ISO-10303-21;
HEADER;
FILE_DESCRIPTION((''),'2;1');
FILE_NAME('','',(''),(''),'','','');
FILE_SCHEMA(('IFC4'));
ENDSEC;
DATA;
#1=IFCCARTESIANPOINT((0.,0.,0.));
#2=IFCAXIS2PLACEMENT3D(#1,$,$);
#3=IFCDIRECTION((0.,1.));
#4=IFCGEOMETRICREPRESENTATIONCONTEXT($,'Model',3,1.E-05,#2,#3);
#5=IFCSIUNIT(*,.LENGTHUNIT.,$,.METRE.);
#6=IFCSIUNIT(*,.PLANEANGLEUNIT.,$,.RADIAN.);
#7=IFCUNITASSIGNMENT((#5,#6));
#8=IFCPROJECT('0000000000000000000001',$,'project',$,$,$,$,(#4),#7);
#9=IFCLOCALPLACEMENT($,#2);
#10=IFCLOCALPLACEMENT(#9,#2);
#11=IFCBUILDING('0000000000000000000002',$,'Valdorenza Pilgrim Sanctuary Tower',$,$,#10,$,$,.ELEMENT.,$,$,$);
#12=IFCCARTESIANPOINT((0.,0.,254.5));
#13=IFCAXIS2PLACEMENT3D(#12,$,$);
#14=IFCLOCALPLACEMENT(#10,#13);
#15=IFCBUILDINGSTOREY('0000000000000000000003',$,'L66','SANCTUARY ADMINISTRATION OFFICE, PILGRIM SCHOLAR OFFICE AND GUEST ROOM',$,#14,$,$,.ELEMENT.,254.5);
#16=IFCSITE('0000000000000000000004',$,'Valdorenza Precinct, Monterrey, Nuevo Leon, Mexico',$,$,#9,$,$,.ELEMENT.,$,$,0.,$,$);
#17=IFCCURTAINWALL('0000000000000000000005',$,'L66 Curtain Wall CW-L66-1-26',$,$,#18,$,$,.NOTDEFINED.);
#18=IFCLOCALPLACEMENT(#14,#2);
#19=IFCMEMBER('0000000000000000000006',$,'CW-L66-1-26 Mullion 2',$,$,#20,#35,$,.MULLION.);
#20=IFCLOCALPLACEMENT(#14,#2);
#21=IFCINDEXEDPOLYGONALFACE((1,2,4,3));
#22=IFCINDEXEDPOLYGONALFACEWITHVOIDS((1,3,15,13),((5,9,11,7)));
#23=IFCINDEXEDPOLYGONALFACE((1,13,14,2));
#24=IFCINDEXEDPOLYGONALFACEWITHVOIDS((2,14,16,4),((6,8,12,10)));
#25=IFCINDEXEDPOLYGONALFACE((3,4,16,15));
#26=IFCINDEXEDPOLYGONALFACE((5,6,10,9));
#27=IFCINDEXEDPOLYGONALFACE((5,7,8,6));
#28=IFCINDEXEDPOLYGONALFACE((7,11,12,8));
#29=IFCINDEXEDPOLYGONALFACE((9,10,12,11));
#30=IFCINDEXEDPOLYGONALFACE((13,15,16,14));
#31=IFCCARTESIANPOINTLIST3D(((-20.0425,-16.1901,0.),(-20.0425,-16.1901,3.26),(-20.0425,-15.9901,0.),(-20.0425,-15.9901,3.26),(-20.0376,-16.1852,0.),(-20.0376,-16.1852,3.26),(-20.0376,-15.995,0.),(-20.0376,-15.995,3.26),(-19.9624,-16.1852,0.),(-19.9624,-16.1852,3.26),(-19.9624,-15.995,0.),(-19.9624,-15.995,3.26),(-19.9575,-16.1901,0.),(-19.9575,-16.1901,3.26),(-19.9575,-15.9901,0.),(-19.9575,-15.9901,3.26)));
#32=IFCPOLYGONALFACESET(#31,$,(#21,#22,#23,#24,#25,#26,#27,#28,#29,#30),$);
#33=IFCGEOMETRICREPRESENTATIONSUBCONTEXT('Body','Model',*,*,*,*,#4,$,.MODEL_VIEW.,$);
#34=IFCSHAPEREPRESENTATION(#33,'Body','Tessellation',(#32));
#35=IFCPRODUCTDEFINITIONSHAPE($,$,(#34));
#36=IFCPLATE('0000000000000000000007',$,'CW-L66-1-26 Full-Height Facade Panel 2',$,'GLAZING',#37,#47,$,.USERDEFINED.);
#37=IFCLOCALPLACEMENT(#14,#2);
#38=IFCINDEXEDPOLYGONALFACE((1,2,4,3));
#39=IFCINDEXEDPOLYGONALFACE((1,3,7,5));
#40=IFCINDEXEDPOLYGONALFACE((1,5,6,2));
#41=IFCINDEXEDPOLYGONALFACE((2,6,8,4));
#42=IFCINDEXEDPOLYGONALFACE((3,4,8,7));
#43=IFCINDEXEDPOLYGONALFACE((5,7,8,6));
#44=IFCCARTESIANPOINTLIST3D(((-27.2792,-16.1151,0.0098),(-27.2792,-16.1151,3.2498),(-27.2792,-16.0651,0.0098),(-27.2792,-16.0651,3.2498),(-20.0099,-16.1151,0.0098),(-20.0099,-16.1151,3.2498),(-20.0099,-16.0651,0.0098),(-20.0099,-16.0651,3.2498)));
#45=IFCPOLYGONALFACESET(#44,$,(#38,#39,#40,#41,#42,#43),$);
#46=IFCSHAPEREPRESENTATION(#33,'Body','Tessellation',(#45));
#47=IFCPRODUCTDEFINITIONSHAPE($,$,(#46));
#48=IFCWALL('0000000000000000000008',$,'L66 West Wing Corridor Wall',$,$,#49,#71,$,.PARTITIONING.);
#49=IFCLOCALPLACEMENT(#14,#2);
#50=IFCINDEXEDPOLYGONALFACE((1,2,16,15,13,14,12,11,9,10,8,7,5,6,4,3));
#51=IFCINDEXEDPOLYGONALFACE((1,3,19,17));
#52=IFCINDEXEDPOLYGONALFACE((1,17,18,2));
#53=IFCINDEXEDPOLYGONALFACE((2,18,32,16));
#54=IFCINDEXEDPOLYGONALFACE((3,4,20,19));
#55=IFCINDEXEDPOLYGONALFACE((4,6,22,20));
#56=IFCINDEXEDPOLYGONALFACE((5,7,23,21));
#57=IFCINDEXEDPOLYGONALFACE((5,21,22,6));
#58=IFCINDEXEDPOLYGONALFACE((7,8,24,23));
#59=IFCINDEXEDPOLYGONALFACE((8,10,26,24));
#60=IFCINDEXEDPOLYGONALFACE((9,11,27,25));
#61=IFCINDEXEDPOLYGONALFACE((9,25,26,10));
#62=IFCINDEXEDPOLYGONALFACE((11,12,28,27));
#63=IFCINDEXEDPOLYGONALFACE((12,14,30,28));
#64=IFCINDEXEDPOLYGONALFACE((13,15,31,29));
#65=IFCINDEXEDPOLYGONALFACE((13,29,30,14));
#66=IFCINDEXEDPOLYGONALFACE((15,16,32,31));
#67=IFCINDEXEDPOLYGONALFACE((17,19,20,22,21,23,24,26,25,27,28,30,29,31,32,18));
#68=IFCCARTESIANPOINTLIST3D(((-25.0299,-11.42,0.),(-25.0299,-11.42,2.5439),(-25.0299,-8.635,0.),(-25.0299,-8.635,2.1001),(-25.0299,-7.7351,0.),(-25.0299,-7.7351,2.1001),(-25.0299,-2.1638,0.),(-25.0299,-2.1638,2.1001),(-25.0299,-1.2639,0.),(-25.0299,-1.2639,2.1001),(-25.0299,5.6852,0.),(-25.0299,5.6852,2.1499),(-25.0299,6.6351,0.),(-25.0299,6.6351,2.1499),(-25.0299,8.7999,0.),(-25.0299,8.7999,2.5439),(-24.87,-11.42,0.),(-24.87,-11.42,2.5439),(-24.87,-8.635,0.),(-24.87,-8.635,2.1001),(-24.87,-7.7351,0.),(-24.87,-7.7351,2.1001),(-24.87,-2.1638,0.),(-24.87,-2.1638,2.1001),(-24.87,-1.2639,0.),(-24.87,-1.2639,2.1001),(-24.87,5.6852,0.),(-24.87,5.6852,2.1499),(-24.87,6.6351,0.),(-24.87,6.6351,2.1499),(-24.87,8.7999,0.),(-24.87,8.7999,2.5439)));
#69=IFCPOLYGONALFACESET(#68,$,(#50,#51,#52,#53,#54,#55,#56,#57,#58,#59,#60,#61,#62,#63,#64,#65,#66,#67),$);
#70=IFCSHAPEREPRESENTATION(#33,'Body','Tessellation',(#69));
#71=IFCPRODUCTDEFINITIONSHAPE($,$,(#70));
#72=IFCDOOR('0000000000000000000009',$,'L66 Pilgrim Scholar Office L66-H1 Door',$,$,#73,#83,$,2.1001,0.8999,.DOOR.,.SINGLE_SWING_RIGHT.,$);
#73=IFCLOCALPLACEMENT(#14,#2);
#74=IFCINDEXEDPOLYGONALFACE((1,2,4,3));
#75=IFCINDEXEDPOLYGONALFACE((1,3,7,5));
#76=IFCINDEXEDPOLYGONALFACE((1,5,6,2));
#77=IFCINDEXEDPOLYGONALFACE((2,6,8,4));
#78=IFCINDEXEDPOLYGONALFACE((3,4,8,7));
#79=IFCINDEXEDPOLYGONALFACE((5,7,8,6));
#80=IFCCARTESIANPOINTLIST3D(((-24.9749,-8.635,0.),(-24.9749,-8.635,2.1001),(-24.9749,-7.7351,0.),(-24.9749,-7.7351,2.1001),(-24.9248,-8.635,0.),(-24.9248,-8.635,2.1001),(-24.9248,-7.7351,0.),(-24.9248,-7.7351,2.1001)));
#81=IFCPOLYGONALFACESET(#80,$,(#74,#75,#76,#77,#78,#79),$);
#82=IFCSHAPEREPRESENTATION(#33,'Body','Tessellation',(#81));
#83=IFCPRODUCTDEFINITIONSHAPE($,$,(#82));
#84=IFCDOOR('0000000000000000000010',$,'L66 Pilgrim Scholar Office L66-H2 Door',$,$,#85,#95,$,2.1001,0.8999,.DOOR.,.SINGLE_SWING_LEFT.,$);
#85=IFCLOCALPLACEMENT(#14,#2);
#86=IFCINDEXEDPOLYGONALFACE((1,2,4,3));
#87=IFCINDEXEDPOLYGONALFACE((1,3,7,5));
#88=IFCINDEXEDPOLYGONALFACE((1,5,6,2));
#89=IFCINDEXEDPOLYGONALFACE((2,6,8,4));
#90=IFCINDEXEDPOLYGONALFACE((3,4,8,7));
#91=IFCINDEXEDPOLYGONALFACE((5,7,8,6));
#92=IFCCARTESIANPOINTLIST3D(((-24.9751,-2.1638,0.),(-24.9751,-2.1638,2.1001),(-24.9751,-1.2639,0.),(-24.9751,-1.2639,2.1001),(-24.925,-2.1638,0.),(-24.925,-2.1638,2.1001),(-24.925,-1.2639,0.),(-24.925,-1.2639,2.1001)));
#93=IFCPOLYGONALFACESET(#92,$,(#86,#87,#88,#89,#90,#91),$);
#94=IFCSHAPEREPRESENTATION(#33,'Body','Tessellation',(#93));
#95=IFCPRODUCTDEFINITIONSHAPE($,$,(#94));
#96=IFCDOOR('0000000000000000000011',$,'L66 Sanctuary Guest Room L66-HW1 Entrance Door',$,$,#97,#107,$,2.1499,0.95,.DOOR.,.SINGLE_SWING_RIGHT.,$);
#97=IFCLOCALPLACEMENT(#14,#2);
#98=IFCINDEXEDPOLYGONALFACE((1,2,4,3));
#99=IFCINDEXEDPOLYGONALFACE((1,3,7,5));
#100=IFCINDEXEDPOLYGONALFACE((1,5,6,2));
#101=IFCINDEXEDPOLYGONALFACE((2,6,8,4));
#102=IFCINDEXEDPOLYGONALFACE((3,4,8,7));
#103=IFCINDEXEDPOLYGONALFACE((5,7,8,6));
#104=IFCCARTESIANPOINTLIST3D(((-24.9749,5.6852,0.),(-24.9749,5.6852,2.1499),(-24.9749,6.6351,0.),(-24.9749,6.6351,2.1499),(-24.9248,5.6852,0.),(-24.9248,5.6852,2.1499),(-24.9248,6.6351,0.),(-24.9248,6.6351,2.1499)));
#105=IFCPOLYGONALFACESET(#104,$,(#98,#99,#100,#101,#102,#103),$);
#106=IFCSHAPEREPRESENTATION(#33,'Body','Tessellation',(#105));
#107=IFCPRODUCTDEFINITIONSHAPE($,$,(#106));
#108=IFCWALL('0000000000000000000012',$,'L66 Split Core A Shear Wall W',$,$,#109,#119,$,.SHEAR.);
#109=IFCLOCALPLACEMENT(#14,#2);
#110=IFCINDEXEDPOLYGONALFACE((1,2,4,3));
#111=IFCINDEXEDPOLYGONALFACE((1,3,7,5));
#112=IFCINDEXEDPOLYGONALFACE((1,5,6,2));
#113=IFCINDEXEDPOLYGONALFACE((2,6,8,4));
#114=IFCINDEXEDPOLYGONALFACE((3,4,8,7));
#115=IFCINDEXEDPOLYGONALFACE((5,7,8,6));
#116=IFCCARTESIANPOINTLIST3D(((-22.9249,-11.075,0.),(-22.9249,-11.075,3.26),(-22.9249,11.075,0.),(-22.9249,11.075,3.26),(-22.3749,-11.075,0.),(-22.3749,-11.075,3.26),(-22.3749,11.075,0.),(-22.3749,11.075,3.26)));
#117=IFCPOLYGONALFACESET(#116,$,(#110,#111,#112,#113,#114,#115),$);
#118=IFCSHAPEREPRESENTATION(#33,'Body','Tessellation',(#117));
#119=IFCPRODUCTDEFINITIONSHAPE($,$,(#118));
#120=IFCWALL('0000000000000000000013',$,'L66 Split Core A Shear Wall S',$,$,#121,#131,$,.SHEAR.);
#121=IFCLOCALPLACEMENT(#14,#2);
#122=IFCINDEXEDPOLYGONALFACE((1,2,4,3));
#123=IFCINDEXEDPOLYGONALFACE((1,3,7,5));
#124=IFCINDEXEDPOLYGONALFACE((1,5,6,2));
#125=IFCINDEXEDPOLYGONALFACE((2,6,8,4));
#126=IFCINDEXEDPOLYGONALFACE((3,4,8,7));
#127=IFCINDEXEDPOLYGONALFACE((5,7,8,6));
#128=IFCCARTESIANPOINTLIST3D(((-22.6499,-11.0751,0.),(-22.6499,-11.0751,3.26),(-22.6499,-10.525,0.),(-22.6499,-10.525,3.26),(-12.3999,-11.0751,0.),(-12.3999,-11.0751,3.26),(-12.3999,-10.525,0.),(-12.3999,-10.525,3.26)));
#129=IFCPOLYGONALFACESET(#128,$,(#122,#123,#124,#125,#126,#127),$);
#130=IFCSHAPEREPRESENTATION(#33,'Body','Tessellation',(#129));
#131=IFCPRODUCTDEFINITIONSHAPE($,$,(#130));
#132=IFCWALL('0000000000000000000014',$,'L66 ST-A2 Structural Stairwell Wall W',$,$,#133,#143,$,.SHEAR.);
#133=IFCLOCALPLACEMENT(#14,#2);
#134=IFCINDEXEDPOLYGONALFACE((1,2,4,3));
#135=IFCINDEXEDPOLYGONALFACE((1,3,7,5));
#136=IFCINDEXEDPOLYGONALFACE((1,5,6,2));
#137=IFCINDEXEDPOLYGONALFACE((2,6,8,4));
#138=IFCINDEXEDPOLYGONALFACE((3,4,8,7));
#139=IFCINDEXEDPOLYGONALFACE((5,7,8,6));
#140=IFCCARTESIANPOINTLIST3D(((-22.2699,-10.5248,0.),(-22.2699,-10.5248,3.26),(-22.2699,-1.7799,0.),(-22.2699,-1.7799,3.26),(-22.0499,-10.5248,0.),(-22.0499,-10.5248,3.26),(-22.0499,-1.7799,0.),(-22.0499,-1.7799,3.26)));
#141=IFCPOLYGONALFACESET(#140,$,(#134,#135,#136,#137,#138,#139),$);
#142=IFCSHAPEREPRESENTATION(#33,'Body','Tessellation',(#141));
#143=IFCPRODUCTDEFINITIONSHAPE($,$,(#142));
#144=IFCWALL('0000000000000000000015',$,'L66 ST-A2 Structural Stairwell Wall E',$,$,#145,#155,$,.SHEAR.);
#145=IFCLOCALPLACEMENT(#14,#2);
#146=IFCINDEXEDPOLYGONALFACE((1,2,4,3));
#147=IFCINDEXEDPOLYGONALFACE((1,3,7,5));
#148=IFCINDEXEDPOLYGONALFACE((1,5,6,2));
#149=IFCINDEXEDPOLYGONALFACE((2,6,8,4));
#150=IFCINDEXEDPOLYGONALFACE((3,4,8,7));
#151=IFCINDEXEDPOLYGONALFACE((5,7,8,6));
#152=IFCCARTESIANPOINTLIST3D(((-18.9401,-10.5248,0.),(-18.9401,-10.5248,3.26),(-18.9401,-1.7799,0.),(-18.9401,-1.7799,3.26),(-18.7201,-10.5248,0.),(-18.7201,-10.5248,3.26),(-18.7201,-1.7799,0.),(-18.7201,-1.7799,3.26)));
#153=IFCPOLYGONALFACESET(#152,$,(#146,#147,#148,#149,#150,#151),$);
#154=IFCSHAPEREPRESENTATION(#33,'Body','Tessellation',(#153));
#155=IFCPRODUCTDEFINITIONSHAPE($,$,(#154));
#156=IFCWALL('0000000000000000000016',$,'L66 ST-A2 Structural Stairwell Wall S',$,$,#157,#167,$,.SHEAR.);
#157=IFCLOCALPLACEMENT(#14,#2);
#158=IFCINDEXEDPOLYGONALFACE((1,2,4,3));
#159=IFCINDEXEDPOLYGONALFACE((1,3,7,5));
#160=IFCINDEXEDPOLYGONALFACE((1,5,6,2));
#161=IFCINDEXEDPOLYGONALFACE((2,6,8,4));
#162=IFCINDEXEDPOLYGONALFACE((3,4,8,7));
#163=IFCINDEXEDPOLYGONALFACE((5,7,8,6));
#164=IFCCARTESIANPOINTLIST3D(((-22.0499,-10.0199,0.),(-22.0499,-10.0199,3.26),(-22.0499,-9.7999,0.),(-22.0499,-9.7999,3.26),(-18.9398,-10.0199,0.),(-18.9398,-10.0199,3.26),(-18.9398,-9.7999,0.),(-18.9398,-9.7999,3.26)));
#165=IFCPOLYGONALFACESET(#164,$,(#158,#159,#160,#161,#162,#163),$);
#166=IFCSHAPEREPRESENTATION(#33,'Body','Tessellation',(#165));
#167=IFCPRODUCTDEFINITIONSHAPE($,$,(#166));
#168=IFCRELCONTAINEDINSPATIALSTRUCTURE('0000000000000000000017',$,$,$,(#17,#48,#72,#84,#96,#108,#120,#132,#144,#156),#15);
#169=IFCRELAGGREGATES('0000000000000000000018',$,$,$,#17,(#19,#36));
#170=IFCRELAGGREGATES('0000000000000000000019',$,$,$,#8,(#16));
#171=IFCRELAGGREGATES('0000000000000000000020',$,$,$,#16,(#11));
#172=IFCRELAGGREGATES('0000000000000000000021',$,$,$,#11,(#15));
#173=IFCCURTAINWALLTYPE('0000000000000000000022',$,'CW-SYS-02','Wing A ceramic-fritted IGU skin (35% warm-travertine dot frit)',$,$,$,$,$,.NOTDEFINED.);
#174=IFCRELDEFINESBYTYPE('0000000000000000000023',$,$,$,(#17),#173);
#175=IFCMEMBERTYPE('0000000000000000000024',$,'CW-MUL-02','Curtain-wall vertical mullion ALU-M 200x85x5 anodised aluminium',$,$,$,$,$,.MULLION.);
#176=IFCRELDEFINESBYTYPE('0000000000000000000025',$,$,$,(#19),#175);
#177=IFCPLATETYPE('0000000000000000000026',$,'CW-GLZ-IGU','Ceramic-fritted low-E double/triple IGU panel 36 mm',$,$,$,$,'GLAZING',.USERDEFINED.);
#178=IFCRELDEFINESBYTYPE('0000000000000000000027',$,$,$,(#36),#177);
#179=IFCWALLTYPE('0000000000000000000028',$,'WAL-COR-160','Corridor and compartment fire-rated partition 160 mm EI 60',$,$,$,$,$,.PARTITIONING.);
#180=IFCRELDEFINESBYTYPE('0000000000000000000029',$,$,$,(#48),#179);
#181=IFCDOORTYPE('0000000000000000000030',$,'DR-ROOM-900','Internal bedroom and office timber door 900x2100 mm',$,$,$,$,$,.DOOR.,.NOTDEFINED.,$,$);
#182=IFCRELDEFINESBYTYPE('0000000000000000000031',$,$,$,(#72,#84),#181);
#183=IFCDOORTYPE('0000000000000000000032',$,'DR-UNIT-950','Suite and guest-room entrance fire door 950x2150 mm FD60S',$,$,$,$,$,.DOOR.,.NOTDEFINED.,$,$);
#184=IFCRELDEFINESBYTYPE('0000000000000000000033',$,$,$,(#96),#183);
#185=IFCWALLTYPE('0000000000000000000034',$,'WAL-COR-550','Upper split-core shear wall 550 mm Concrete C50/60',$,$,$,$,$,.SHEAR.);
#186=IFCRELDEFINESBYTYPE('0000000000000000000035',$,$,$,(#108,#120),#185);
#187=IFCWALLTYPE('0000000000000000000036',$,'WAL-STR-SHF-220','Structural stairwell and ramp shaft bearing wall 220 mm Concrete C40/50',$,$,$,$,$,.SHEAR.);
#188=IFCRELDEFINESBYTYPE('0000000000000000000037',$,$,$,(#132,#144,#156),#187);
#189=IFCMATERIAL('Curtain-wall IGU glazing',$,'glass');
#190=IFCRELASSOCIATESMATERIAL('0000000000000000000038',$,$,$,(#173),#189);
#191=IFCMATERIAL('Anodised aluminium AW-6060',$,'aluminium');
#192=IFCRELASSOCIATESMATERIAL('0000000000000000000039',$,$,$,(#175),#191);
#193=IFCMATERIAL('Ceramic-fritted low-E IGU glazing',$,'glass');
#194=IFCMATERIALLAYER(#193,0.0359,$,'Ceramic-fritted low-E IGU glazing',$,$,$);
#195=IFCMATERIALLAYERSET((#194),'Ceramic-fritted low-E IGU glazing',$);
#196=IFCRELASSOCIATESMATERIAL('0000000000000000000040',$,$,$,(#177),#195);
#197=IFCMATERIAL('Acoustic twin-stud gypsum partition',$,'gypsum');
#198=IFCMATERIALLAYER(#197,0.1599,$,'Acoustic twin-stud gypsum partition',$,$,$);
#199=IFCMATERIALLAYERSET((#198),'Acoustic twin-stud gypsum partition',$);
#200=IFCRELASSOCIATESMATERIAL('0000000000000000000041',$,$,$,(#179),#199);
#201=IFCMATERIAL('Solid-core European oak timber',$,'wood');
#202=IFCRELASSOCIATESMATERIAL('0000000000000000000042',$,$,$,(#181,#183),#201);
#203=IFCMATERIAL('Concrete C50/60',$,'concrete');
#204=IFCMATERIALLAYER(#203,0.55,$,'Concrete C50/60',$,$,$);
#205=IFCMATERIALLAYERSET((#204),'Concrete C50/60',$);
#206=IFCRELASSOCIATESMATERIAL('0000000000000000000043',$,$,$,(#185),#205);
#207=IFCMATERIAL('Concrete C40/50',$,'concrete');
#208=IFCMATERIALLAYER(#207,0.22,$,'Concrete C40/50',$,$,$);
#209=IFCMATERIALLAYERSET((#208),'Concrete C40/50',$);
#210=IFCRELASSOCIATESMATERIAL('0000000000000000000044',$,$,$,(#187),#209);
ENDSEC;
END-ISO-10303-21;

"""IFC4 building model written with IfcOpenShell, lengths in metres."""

from ifc_helpers import new_model, si_unit, direction, frame, frame_2d, origin, origin_2d, place, context, subcontext, project, spatial, rectangle, hollow_rectangle, extrude, source, transform, mapped, material, layer, layer_set, material_profile, profile_set, type_object, element, fill, aggregate, save


model = new_model("IFC4")

# Units and contexts
model_context = context("Model", 3, precision=1e-05, world=origin(), true_north=direction((0.0, 1.0)))
body_context = subcontext(model_context, "Body", "Model", "MODEL_VIEW")
ifc_project = project(units=[si_unit("LENGTHUNIT", "METRE"), si_unit("PLANEANGLEUNIT", "RADIAN")], contexts=[model_context])

# Site, building, storey
site_placement = place(None, origin())
site = spatial("IfcSite", under=ifc_project, at=site_placement, Name="Valdorenza Precinct, Monterrey, Nuevo Leon, Mexico", CompositionType="ELEMENT", RefElevation=0.0)
building_placement = place(site_placement, origin())
building = spatial("IfcBuilding", under=site, at=building_placement, Name="Valdorenza Pilgrim Sanctuary Tower", CompositionType="ELEMENT")
storey_placement = place(building_placement, frame((0.0, 0.0, 254.5)))
storey = spatial("IfcBuildingStorey", under=building, at=storey_placement, Name="L66", Description="SANCTUARY ADMINISTRATION OFFICE, PILGRIM SCHOLAR OFFICE AND GUEST ROOM", CompositionType="ELEMENT", Elevation=254.5)

# Shared definitions
ifc_material_1 = material(Name="Concrete C50/60", Category="concrete")

# Curtain wall, member, plate
ifc_material_2 = material(Name="Curtain-wall IGU glazing", Category="glass")
curtain_wall_type = type_object("IfcCurtainWallType", Name="CW-SYS-02", Description="Wing A ceramic-fritted IGU skin (35% warm-travertine dot frit)", PredefinedType="NOTDEFINED", material=ifc_material_2)
curtain_wall_placement = place(storey_placement, origin())
curtain_wall = element("IfcCurtainWall", 1, at=curtain_wall_placement, inside=storey, type_object=curtain_wall_type, Name="L66 Curtain Wall CW-L66-1-26", PredefinedType="NOTDEFINED")
ifc_material_3 = material(Name="Anodised aluminium AW-6060", Category="aluminium")
ifc_material_profile_1 = material_profile(ifc_material_3, hollow_rectangle(XDim=0.085, YDim=0.2, WallThickness=0.0049, at=origin_2d()), Name="ALU-M 200x85x5")
ifc_profile_set_1 = profile_set([ifc_material_profile_1], Name="Anodised aluminium AW-6060")
member_type = type_object("IfcMemberType", Name="CW-MUL-02", Description="Curtain-wall vertical mullion ALU-M 200x85x5 anodised aluminium", PredefinedType="MULLION", material=ifc_profile_set_1)
shared_shape_1 = source(origin(), body_context, "Body", "SweptSolid", [
    extrude(hollow_rectangle(XDim=0.085, YDim=0.2, WallThickness=0.0049, at=origin_2d()), origin(), (0.0, 0.0, 1.0), 3.26),
])
member_placement = place(storey_placement, frame((-20.0, -16.0901, 0.0), z_axis=(0.0, 0.0, 1.0), x_axis=(-1.0, 0.0, 0.0)))
member = element("IfcMember", 2, at=member_placement, type_object=member_type, Name="CW-L66-1-26 Mullion 2", PredefinedType="MULLION", context=body_context, shape_type="MappedRepresentation", body=[
    mapped(shared_shape_1, transform((0.0, 0.0, 0.0), x_axis=(1.0, 0.0, 0.0), y_axis=(0.0, 1.0, 0.0), z_axis=(0.0, 0.0, 1.0), scale=1.0)),
])
ifc_material_4 = material(Name="Ceramic-fritted low-E IGU glazing", Category="glass")
ifc_layer_1 = layer(ifc_material_4, 0.0359, Name="Ceramic-fritted low-E IGU glazing")
ifc_layer_set_1 = layer_set([ifc_layer_1], Name="Ceramic-fritted low-E IGU glazing")
plate_type = type_object("IfcPlateType", Name="CW-GLZ-IGU", Description="Ceramic-fritted low-E double/triple IGU panel 36 mm", ElementType="GLAZING", PredefinedType="USERDEFINED", material=ifc_layer_set_1)
shared_shape_2 = source(origin(), body_context, "Body", "SweptSolid", [
    extrude(rectangle(XDim=7.2693, YDim=0.05, at=origin_2d()), origin(), (0.0, 0.0, 1.0), 3.24),
])
plate_placement = place(storey_placement, frame((-23.6445, -16.0901, 0.0098), z_axis=(0.0, 0.0, 1.0), x_axis=(-1.0, 0.0, 0.0)))
plate = element("IfcPlate", 3, at=plate_placement, type_object=plate_type, Name="CW-L66-1-26 Full-Height Facade Panel 2", ObjectType="GLAZING", PredefinedType="USERDEFINED", context=body_context, shape_type="MappedRepresentation", body=[
    mapped(shared_shape_2, transform((0.0, 0.0, 0.0), x_axis=(1.0, 0.0, 0.0), y_axis=(0.0, 1.0, 0.0), z_axis=(0.0, 0.0, 1.0), scale=1.0)),
])
aggregate(curtain_wall, [member, plate])

# Wall, openings, doors
ifc_material_5 = material(Name="Acoustic twin-stud gypsum partition", Category="gypsum")
ifc_layer_2 = layer(ifc_material_5, 0.1599, Name="Acoustic twin-stud gypsum partition")
ifc_layer_set_2 = layer_set([ifc_layer_2], Name="Acoustic twin-stud gypsum partition")
wall_type_1 = type_object("IfcWallType", Name="WAL-COR-160", Description="Corridor and compartment fire-rated partition 160 mm EI 60", PredefinedType="PARTITIONING", material=ifc_layer_set_2)
wall_1_placement = place(storey_placement, frame((-24.95, -11.4199, 0.0), z_axis=(0.0, 0.0, 1.0), x_axis=(0.0, 1.0, 0.0)))
wall_1 = element("IfcWall", 4, at=wall_1_placement, inside=storey, type_object=wall_type_1, Name="L66 West Wing Corridor Wall", PredefinedType="PARTITIONING", context=body_context, shape_type="SweptSolid", body=[
    extrude(rectangle(XDim=20.22, YDim=0.1599, at=frame_2d((10.1099, 0.0))), origin(), (0.0, 0.0, 1.0), 2.5439),
])
opening_1_placement = place(wall_1_placement, frame((2.7849, 0.0, 0.0)))
opening_1 = element("IfcOpeningElement", 5, at=opening_1_placement, cuts=wall_1, PredefinedType="OPENING", context=body_context, shape_type="SweptSolid", body=[
    extrude(rectangle(XDim=0.8999, YDim=2.1001, at=frame_2d((0.45, 1.05))), frame((0.0, 0.0947, 0.0), z_axis=(0.0, -1.0, 0.0), x_axis=(1.0, 0.0, 0.0)), (0.0, 0.0, 1.0), 0.1897),
])
opening_2_placement = place(wall_1_placement, frame((9.2561, 0.0, 0.0)))
opening_2 = element("IfcOpeningElement", 6, at=opening_2_placement, cuts=wall_1, PredefinedType="OPENING", context=body_context, shape_type="SweptSolid", body=[
    extrude(rectangle(XDim=0.8999, YDim=2.1001, at=frame_2d((0.45, 1.05))), frame((0.0, 0.0947, 0.0), z_axis=(0.0, -1.0, 0.0), x_axis=(1.0, 0.0, 0.0)), (0.0, 0.0, 1.0), 0.1897),
])
opening_3_placement = place(wall_1_placement, frame((17.105, 0.0, 0.0)))
opening_3 = element("IfcOpeningElement", 7, at=opening_3_placement, cuts=wall_1, PredefinedType="OPENING", context=body_context, shape_type="SweptSolid", body=[
    extrude(rectangle(XDim=0.95, YDim=2.1499, at=frame_2d((0.4751, 1.075))), frame((0.0, 0.0947, 0.0), z_axis=(0.0, -1.0, 0.0), x_axis=(1.0, 0.0, 0.0)), (0.0, 0.0, 1.0), 0.1897),
])
ifc_material_6 = material(Name="Solid-core European oak timber", Category="wood")
door_type_1 = type_object("IfcDoorType", Name="DR-ROOM-900", Description="Internal bedroom and office timber door 900x2100 mm", OperationType="NOTDEFINED", PredefinedType="DOOR", material=ifc_material_6)
door_1_placement = place(opening_1_placement, origin())
door_1 = element("IfcDoor", 8, at=door_1_placement, inside=storey, type_object=door_type_1, Name="L66 Pilgrim Scholar Office L66-H1 Door", OperationType="SINGLE_SWING_RIGHT", OverallHeight=2.1001, OverallWidth=0.8999, PredefinedType="DOOR", context=body_context, shape_type="SweptSolid", body=[
    extrude(rectangle(XDim=0.8999, YDim=2.1001, at=frame_2d((0.45, 1.05))), frame((0.0, 0.0249, 0.0), z_axis=(0.0, -1.0, 0.0), x_axis=(1.0, 0.0, 0.0)), (0.0, 0.0, 1.0), 0.05),
])
fill(opening_1, door_1)
door_2_placement = place(opening_2_placement, frame((0.8999, 0.0, 0.0), z_axis=(0.0, 0.0, 1.0), x_axis=(-1.0, 0.0, 0.0)))
door_2 = element("IfcDoor", 9, at=door_2_placement, inside=storey, type_object=door_type_1, Name="L66 Pilgrim Scholar Office L66-H2 Door", OperationType="SINGLE_SWING_LEFT", OverallHeight=2.1001, OverallWidth=0.8999, PredefinedType="DOOR", context=body_context, shape_type="SweptSolid", body=[
    extrude(rectangle(XDim=0.8999, YDim=2.1001, at=frame_2d((0.45, 1.05))), frame((0.0, 0.0249, 0.0), z_axis=(0.0, -1.0, 0.0), x_axis=(1.0, 0.0, 0.0)), (0.0, 0.0, 1.0), 0.05),
])
fill(opening_2, door_2)
door_type_2 = type_object("IfcDoorType", Name="DR-UNIT-950", Description="Suite and guest-room entrance fire door 950x2150 mm FD60S", OperationType="NOTDEFINED", PredefinedType="DOOR", material=ifc_material_6)
door_3_placement = place(opening_3_placement, origin())
door_3 = element("IfcDoor", 10, at=door_3_placement, inside=storey, type_object=door_type_2, Name="L66 Sanctuary Guest Room L66-HW1 Entrance Door", OperationType="SINGLE_SWING_RIGHT", OverallHeight=2.1499, OverallWidth=0.95, PredefinedType="DOOR", context=body_context, shape_type="SweptSolid", body=[
    extrude(rectangle(XDim=0.95, YDim=2.1499, at=frame_2d((0.4751, 1.075))), frame((0.0, 0.0249, 0.0), z_axis=(0.0, -1.0, 0.0), x_axis=(1.0, 0.0, 0.0)), (0.0, 0.0, 1.0), 0.05),
])
fill(opening_3, door_3)

# Walls
ifc_layer_3 = layer(ifc_material_1, 0.55, Name="Concrete C50/60")
ifc_layer_set_3 = layer_set([ifc_layer_3], Name="Concrete C50/60")
wall_type_2 = type_object("IfcWallType", Name="WAL-COR-550", Description="Upper split-core shear wall 550 mm Concrete C50/60", PredefinedType="SHEAR", material=ifc_layer_set_3)
wall_2_placement = place(storey_placement, frame((-22.6499, -11.075, 0.0), z_axis=(0.0, 0.0, 1.0), x_axis=(0.0, 1.0, 0.0)))
element("IfcWall", 11, at=wall_2_placement, inside=storey, type_object=wall_type_2, Name="L66 Split Core A Shear Wall W", PredefinedType="SHEAR", context=body_context, shape_type="SweptSolid", body=[
    extrude(rectangle(XDim=22.1499, YDim=0.55, at=frame_2d((11.075, 0.0))), origin(), (0.0, 0.0, 1.0), 3.26),
])
wall_3_placement = place(storey_placement, frame((-22.6499, -10.8, 0.0), z_axis=(0.0, 0.0, 1.0), x_axis=(1.0, 0.0, 0.0)))
element("IfcWall", 12, at=wall_3_placement, inside=storey, type_object=wall_type_2, Name="L66 Split Core A Shear Wall S", PredefinedType="SHEAR", context=body_context, shape_type="SweptSolid", body=[
    extrude(rectangle(XDim=10.25, YDim=0.55, at=frame_2d((5.125, 0.0))), origin(), (0.0, 0.0, 1.0), 3.26),
])
ifc_material_7 = material(Name="Concrete C40/50", Category="concrete")
ifc_layer_4 = layer(ifc_material_7, 0.22, Name="Concrete C40/50")
ifc_layer_set_4 = layer_set([ifc_layer_4], Name="Concrete C40/50")
wall_type_3 = type_object("IfcWallType", Name="WAL-STR-SHF-220", Description="Structural stairwell and ramp shaft bearing wall 220 mm Concrete C40/50", PredefinedType="SHEAR", material=ifc_layer_set_4)
for number, where, z_axis, x_axis, name in (
    (13, (-22.1599, -10.5249, 0.0), (0.0, 0.0, 1.0), (0.0, 1.0, 0.0), "L66 ST-A2 Structural Stairwell Wall W"),
    (14, (-18.8301, -10.5249, 0.0), (0.0, 0.0, 1.0), (0.0, 1.0, 0.0), "L66 ST-A2 Structural Stairwell Wall E"),
):
    element("IfcWall", number, at=place(storey_placement, frame(where, z_axis=z_axis, x_axis=x_axis)), inside=storey, type_object=wall_type_3, Name=name, PredefinedType="SHEAR", context=body_context, shape_type="SweptSolid", body=[
        extrude(rectangle(XDim=8.7449, YDim=0.22, at=frame_2d((4.3726, 0.0))), origin(), (0.0, 0.0, 1.0), 3.26),
    ])
wall_4_placement = place(storey_placement, frame((-22.05, -9.9099, 0.0), z_axis=(0.0, 0.0, 1.0), x_axis=(1.0, 0.0, 0.0)))
element("IfcWall", 15, at=wall_4_placement, inside=storey, type_object=wall_type_3, Name="L66 ST-A2 Structural Stairwell Wall S", PredefinedType="SHEAR", context=body_context, shape_type="SweptSolid", body=[
    extrude(rectangle(XDim=3.1101, YDim=0.22, at=frame_2d((1.5552, 0.0))), origin(), (0.0, 0.0, 1.0), 3.26),
])

save(model, "model.ifc")
